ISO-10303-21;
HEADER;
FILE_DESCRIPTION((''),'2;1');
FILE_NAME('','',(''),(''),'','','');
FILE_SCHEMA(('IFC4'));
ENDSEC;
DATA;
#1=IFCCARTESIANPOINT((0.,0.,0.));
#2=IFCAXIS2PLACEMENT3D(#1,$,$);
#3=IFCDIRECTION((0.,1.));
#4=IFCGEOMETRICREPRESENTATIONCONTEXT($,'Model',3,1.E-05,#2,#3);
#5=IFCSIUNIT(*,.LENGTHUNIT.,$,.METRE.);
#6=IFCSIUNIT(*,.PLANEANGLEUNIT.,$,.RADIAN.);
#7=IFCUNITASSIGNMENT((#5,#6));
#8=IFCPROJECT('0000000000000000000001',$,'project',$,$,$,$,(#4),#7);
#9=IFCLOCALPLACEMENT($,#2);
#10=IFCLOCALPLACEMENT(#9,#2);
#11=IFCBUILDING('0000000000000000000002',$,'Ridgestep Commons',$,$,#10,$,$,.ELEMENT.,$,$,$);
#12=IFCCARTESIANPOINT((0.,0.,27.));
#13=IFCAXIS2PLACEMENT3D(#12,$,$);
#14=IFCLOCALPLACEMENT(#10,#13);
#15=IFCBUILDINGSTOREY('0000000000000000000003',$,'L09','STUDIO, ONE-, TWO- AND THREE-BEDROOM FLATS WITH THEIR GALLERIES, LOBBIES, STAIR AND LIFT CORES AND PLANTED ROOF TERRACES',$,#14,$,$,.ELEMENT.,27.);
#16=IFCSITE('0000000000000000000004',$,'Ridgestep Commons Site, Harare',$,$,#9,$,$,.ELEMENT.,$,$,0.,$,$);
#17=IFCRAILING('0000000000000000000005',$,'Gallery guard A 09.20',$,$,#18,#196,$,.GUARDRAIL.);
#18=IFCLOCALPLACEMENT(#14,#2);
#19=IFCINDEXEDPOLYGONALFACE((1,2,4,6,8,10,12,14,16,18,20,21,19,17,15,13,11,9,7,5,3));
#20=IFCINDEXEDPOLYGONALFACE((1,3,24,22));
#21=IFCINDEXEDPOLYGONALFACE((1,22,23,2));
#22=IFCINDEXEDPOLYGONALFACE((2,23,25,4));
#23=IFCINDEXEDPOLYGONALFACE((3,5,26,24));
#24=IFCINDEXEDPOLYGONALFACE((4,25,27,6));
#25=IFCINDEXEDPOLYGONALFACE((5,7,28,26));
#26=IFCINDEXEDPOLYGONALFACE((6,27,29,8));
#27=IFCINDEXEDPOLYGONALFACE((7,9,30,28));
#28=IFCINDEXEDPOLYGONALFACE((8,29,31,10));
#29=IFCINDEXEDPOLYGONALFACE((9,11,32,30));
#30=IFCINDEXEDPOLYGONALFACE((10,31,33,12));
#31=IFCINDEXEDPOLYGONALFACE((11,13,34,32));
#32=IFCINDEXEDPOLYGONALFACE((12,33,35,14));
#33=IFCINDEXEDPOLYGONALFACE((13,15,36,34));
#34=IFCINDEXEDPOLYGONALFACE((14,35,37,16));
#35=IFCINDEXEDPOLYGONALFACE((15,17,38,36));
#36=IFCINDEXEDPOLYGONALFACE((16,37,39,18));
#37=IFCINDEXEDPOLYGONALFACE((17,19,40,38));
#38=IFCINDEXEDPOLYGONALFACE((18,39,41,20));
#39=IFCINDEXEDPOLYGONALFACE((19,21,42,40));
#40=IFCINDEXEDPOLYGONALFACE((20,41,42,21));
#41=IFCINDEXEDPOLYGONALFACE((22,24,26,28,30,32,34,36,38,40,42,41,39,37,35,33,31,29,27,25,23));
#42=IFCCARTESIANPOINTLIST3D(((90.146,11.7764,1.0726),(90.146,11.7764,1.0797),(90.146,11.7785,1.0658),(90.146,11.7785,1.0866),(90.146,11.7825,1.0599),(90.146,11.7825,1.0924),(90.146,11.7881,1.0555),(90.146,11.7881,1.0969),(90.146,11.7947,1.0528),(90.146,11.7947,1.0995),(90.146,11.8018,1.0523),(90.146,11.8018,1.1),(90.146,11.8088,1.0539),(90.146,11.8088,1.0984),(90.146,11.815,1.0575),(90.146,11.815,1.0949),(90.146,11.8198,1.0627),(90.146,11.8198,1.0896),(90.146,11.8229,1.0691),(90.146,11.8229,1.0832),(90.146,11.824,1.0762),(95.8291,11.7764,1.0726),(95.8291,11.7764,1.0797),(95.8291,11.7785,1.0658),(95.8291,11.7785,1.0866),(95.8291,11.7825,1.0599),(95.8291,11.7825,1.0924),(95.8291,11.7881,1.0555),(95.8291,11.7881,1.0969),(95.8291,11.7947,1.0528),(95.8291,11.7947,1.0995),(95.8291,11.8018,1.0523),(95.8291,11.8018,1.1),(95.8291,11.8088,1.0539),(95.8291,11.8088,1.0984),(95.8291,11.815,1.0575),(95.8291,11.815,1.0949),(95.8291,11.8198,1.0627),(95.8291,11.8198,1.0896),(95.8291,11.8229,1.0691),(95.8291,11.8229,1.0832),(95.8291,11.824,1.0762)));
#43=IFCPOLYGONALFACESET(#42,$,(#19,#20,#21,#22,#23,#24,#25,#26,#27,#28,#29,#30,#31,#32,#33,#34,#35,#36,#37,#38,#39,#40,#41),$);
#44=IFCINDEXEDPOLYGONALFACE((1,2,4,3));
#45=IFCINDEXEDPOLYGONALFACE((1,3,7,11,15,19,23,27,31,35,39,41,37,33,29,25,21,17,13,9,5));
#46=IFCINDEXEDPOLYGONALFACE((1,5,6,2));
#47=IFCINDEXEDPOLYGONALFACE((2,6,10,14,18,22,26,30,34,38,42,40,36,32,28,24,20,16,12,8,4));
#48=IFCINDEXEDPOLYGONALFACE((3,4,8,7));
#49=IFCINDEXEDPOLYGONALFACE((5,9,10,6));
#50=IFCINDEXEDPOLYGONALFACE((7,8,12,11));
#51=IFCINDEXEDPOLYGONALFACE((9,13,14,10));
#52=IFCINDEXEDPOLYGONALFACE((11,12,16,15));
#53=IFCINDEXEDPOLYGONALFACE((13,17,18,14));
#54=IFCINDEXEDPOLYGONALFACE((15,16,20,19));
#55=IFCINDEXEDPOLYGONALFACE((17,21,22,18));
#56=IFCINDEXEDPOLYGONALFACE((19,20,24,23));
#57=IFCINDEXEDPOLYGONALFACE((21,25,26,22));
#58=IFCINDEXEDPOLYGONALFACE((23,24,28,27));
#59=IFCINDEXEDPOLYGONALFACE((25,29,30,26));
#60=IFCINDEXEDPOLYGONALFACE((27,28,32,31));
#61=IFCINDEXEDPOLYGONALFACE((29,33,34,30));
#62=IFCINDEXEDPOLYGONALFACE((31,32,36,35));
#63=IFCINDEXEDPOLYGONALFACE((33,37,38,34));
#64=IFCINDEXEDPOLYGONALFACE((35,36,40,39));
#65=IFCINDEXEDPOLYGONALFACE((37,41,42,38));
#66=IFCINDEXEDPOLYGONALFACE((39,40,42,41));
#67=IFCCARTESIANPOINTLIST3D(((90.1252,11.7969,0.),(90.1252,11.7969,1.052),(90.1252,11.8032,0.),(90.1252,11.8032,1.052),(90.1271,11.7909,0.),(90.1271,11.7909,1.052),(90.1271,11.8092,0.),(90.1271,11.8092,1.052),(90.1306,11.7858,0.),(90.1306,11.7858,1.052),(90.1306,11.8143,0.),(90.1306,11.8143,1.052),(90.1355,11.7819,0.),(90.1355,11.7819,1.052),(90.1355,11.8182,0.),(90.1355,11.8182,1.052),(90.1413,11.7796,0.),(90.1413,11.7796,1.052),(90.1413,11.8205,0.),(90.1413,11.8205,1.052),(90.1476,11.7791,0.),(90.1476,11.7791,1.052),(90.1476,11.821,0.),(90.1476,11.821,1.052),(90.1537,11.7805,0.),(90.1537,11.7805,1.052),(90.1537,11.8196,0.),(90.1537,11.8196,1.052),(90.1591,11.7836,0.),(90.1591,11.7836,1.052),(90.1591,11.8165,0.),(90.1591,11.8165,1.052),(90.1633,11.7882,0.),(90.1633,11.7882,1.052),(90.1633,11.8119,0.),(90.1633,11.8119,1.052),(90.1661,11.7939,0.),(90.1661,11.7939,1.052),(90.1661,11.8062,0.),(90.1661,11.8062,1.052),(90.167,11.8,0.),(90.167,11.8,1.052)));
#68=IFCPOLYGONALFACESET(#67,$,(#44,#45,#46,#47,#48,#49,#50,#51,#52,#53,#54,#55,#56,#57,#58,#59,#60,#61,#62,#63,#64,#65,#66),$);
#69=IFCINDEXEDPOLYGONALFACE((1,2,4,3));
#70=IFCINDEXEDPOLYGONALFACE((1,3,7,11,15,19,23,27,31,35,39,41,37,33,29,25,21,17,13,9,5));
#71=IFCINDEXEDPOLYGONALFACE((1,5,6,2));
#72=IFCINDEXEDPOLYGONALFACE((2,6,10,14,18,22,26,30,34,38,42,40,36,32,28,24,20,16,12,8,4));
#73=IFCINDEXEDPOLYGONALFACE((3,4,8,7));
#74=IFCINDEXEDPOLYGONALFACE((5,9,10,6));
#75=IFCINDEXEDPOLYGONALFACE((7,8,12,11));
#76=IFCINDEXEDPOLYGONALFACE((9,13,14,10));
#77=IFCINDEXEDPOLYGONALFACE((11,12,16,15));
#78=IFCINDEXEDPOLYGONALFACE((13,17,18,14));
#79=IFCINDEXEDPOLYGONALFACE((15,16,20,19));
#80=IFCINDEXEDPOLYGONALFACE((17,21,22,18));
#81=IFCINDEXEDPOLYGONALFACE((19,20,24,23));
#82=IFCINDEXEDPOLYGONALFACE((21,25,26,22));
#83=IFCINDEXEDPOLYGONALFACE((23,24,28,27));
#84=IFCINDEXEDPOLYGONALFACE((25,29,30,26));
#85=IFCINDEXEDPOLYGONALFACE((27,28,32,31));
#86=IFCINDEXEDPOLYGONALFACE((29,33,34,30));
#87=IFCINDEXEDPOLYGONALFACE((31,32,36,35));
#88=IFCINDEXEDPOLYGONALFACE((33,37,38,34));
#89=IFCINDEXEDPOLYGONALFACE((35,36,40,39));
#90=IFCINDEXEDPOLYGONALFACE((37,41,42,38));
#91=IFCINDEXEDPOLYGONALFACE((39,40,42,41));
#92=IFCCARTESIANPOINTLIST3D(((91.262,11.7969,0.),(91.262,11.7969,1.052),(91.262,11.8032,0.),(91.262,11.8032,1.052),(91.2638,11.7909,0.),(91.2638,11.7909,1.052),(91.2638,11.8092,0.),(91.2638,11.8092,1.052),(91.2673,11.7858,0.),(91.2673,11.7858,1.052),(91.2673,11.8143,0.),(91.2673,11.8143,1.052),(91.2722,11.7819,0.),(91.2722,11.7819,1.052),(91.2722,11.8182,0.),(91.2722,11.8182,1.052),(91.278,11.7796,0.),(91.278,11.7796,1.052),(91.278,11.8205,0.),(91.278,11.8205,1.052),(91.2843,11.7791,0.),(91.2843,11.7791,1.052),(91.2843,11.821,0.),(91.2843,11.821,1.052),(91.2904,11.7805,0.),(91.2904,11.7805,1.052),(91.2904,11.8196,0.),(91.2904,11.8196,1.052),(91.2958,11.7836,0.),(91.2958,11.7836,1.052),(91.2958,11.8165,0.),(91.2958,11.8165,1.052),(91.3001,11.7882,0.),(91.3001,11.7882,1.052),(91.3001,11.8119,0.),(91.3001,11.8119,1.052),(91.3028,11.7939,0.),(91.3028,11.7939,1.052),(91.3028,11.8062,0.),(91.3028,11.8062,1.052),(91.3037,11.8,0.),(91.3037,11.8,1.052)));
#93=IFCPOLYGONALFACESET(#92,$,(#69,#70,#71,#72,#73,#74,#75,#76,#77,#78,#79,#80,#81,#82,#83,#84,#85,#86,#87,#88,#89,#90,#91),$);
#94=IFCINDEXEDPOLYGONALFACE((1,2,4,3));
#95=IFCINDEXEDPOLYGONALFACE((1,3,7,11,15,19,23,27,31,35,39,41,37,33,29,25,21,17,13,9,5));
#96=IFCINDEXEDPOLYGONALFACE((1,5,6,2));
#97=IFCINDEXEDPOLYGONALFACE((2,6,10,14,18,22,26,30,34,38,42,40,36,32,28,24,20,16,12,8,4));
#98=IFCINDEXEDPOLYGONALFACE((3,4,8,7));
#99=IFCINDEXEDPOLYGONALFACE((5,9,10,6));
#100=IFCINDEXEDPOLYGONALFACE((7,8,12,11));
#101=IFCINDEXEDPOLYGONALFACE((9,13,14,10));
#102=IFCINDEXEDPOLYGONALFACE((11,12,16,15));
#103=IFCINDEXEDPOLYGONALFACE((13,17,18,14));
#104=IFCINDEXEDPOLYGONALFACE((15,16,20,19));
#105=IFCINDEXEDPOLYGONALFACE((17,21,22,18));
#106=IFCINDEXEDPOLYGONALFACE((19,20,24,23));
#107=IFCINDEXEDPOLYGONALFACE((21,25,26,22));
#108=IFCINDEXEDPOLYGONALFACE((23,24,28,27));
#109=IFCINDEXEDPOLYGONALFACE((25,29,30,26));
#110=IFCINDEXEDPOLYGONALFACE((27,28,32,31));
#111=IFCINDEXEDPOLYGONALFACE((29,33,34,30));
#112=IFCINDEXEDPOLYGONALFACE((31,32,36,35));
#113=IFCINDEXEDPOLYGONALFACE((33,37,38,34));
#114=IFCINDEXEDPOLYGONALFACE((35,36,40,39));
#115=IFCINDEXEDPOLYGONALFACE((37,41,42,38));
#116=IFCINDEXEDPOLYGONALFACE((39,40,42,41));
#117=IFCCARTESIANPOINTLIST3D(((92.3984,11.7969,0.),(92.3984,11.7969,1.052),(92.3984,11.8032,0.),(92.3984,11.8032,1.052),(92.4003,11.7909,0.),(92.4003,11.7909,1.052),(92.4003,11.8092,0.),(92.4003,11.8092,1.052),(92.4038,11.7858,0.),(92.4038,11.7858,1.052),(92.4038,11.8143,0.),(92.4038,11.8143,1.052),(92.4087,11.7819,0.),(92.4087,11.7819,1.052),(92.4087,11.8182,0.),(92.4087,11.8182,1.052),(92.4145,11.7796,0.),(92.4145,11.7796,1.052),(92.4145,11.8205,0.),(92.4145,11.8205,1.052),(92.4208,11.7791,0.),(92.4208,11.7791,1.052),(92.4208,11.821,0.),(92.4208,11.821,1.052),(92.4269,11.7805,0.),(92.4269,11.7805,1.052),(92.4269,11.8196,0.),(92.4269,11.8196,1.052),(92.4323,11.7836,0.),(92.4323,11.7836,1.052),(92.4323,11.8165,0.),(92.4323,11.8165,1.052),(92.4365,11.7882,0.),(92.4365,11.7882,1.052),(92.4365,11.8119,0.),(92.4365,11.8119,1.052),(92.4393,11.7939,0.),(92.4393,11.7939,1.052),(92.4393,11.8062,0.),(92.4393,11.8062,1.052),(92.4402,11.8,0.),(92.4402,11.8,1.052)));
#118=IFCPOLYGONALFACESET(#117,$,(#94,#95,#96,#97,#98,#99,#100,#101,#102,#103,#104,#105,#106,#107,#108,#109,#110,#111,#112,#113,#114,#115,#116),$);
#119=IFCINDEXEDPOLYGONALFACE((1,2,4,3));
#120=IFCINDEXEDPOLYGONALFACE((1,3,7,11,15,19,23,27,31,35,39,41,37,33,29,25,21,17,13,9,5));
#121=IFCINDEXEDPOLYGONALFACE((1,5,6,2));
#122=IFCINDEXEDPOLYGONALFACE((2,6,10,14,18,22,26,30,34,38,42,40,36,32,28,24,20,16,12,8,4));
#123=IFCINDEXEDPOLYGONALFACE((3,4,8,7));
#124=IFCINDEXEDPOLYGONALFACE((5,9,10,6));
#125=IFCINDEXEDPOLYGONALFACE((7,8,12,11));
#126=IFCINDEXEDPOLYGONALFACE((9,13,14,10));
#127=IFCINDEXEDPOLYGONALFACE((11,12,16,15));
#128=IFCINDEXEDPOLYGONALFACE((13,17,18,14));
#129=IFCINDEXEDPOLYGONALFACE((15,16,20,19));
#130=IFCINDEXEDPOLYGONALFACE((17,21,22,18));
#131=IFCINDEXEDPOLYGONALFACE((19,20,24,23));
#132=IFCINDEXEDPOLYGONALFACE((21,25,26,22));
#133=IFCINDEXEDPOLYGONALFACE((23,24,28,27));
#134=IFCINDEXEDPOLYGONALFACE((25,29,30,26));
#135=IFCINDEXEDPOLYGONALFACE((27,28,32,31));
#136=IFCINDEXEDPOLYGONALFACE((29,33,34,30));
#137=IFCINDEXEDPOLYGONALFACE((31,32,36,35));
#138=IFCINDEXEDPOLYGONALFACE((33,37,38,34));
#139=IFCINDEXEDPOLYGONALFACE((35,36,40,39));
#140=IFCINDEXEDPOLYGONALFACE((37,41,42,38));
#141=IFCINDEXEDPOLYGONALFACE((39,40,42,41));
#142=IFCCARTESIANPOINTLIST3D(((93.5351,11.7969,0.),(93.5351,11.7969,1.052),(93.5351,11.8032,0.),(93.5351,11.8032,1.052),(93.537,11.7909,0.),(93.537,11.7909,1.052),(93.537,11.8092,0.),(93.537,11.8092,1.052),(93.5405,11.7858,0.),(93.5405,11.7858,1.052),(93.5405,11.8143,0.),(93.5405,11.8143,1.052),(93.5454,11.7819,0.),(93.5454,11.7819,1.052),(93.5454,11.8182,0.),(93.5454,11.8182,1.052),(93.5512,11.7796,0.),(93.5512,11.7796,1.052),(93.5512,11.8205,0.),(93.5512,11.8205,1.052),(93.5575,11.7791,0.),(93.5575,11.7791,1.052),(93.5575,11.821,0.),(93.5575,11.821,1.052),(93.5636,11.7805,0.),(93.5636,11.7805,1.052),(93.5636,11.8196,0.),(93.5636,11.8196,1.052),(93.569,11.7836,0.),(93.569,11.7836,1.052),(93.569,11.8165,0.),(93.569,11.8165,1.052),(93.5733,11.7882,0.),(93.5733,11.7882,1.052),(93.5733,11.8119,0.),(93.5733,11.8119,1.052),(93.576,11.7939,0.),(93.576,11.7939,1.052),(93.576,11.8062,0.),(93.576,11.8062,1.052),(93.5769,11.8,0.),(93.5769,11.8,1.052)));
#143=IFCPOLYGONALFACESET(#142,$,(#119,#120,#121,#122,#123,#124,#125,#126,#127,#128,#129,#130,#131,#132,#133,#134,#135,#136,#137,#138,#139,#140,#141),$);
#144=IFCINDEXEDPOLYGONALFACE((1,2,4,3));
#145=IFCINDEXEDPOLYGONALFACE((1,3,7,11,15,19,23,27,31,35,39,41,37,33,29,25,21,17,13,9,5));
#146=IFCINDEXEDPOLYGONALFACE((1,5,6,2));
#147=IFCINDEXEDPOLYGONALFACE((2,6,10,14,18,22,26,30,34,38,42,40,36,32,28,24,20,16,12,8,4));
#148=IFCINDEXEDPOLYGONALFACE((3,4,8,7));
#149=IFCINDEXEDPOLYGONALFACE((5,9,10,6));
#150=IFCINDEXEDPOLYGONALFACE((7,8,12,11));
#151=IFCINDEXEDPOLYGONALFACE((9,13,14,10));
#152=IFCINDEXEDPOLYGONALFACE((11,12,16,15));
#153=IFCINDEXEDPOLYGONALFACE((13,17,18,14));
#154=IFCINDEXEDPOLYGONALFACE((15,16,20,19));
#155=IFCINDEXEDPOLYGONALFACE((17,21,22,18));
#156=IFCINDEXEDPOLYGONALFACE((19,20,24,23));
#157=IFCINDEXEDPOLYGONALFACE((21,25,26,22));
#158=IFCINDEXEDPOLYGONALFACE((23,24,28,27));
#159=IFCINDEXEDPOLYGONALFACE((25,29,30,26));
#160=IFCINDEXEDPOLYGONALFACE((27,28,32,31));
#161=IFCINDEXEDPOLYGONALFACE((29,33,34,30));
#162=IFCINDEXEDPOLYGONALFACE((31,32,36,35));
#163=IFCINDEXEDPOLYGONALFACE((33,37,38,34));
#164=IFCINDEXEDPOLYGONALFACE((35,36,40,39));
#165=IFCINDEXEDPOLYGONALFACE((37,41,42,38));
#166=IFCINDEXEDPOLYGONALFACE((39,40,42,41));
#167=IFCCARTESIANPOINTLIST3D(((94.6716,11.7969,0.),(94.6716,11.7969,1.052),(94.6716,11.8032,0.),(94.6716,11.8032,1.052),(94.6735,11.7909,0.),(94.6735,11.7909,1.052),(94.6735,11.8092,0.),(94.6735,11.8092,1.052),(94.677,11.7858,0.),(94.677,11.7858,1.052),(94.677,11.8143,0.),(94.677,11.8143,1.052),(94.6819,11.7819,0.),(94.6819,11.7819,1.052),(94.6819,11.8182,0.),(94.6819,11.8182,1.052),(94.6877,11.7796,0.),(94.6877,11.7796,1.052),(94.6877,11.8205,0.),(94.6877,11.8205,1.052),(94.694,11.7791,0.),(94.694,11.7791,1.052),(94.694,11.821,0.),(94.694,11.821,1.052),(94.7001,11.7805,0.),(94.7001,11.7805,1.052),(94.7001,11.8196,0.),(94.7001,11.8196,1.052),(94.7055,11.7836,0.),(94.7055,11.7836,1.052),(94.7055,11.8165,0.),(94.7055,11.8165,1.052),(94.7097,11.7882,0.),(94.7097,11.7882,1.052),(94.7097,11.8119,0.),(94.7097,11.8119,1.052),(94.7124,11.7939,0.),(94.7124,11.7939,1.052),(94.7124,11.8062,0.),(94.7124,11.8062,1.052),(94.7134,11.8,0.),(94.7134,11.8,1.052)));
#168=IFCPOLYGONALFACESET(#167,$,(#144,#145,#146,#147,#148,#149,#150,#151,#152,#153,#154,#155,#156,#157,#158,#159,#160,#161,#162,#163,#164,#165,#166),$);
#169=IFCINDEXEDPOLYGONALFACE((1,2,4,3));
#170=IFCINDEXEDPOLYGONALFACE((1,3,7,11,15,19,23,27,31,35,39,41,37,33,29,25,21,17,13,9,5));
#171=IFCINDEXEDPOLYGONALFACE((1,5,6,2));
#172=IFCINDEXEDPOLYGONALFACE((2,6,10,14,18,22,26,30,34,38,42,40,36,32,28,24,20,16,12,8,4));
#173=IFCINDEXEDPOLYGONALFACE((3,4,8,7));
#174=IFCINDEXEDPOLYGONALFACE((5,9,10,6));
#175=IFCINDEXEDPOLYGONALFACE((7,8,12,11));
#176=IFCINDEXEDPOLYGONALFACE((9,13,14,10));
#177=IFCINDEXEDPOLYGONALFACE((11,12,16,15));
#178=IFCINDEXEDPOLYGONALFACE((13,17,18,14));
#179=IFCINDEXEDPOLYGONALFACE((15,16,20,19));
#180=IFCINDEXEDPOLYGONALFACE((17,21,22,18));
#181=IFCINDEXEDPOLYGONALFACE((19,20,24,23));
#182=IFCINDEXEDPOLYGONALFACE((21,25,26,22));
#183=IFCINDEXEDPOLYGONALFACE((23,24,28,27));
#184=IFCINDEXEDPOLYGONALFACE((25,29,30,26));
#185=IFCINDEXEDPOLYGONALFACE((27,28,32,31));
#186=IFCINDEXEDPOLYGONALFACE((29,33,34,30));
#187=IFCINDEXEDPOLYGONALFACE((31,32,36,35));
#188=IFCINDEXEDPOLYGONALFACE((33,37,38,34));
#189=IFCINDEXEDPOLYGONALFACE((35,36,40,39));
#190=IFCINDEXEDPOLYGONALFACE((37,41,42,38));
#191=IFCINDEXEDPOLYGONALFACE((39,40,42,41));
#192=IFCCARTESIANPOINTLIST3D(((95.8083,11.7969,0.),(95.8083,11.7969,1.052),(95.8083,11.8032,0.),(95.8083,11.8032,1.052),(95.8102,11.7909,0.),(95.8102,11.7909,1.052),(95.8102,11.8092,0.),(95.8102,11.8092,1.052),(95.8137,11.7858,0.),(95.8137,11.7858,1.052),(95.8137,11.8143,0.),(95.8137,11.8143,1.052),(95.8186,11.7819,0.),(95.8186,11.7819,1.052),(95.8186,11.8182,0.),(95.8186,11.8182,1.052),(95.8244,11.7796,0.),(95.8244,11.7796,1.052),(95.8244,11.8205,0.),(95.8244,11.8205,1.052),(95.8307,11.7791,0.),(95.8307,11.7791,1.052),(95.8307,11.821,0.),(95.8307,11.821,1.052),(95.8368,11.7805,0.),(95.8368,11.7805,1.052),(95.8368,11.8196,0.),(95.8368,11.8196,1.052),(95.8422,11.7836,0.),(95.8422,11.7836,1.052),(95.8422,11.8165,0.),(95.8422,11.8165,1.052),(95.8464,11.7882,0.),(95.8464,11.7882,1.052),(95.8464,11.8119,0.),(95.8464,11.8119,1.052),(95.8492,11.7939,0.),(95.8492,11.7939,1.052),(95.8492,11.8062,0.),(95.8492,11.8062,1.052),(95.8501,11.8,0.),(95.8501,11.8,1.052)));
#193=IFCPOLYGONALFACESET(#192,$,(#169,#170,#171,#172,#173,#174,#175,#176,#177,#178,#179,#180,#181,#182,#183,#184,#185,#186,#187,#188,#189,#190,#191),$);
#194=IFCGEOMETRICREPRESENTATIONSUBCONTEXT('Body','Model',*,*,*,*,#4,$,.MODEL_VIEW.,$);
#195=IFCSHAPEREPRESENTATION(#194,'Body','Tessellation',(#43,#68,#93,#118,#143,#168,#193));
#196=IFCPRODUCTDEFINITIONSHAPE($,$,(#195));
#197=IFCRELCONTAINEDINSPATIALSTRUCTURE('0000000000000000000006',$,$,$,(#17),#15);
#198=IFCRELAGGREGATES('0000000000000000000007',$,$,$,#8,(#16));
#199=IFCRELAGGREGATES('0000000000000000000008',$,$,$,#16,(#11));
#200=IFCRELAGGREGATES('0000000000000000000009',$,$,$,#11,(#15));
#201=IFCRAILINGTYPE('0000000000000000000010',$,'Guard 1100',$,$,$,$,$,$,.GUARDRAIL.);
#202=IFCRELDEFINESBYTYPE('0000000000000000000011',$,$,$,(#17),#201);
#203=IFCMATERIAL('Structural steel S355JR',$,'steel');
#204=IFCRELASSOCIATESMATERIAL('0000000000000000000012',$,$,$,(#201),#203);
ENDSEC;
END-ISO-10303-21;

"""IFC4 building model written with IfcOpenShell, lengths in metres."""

from ifc_helpers import new_model, si_unit, direction, frame, origin, origin_2d, place, context, subcontext, project, spatial, circle, extrude, material, type_object, element, save


model = new_model("IFC4")

# Units and contexts
model_context = context("Model", 3, precision=1e-05, world=origin(), true_north=direction((0.0, 1.0)))
body_context = subcontext(model_context, "Body", "Model", "MODEL_VIEW")
ifc_project = project(units=[si_unit("LENGTHUNIT", "METRE"), si_unit("PLANEANGLEUNIT", "RADIAN")], contexts=[model_context])

# Site, building, storey
site_placement = place(None, origin())
site = spatial("IfcSite", under=ifc_project, at=site_placement, Name="Ridgestep Commons Site, Harare", CompositionType="ELEMENT", RefElevation=0.0)
building_placement = place(site_placement, origin())
building = spatial("IfcBuilding", under=site, at=building_placement, Name="Ridgestep Commons", CompositionType="ELEMENT")
storey_placement = place(building_placement, frame((0.0, 0.0, 27.0)))
storey = spatial("IfcBuildingStorey", under=building, at=storey_placement, Name="L09", Description="STUDIO, ONE-, TWO- AND THREE-BEDROOM FLATS WITH THEIR GALLERIES, LOBBIES, STAIR AND LIFT CORES AND PLANTED ROOF TERRACES", CompositionType="ELEMENT", Elevation=27.0)

# Railing
ifc_material_1 = material(Name="Structural steel S355JR", Category="steel")
railing_type = type_object("IfcRailingType", Name="Guard 1100", PredefinedType="GUARDRAIL", material=ifc_material_1)
railing_1_placement = place(storey_placement, frame((90.146, 11.8, 0.0)))
element("IfcRailing", 1, at=railing_1_placement, inside=storey, type_object=railing_type, Name="Gallery guard A 09.20", PredefinedType="GUARDRAIL", context=body_context, shape_type="SweptSolid", body=[
    extrude(circle(Radius=0.0239, at=origin_2d()), frame((0.0, 0.0, 1.0762), z_axis=(1.0, 0.0, 0.0), x_axis=(0.0, 1.0, 0.0)), (0.0, 0.0, 1.0), 5.6831),
    extrude(circle(Radius=0.021, at=origin_2d()), origin(), (0.0, 0.0, 1.0), 1.052),
    extrude(circle(Radius=0.021, at=origin_2d()), frame((1.1367, 0.0, 0.0)), (0.0, 0.0, 1.0), 1.052),
    extrude(circle(Radius=0.021, at=origin_2d()), frame((2.2732, 0.0, 0.0)), (0.0, 0.0, 1.0), 1.052),
    extrude(circle(Radius=0.021, at=origin_2d()), frame((3.4099, 0.0, 0.0)), (0.0, 0.0, 1.0), 1.052),
    extrude(circle(Radius=0.021, at=origin_2d()), frame((4.5464, 0.0, 0.0)), (0.0, 0.0, 1.0), 1.052),
    extrude(circle(Radius=0.021, at=origin_2d()), frame((5.6831, 0.0, 0.0)), (0.0, 0.0, 1.0), 1.052),
])

save(model, "model.ifc")
